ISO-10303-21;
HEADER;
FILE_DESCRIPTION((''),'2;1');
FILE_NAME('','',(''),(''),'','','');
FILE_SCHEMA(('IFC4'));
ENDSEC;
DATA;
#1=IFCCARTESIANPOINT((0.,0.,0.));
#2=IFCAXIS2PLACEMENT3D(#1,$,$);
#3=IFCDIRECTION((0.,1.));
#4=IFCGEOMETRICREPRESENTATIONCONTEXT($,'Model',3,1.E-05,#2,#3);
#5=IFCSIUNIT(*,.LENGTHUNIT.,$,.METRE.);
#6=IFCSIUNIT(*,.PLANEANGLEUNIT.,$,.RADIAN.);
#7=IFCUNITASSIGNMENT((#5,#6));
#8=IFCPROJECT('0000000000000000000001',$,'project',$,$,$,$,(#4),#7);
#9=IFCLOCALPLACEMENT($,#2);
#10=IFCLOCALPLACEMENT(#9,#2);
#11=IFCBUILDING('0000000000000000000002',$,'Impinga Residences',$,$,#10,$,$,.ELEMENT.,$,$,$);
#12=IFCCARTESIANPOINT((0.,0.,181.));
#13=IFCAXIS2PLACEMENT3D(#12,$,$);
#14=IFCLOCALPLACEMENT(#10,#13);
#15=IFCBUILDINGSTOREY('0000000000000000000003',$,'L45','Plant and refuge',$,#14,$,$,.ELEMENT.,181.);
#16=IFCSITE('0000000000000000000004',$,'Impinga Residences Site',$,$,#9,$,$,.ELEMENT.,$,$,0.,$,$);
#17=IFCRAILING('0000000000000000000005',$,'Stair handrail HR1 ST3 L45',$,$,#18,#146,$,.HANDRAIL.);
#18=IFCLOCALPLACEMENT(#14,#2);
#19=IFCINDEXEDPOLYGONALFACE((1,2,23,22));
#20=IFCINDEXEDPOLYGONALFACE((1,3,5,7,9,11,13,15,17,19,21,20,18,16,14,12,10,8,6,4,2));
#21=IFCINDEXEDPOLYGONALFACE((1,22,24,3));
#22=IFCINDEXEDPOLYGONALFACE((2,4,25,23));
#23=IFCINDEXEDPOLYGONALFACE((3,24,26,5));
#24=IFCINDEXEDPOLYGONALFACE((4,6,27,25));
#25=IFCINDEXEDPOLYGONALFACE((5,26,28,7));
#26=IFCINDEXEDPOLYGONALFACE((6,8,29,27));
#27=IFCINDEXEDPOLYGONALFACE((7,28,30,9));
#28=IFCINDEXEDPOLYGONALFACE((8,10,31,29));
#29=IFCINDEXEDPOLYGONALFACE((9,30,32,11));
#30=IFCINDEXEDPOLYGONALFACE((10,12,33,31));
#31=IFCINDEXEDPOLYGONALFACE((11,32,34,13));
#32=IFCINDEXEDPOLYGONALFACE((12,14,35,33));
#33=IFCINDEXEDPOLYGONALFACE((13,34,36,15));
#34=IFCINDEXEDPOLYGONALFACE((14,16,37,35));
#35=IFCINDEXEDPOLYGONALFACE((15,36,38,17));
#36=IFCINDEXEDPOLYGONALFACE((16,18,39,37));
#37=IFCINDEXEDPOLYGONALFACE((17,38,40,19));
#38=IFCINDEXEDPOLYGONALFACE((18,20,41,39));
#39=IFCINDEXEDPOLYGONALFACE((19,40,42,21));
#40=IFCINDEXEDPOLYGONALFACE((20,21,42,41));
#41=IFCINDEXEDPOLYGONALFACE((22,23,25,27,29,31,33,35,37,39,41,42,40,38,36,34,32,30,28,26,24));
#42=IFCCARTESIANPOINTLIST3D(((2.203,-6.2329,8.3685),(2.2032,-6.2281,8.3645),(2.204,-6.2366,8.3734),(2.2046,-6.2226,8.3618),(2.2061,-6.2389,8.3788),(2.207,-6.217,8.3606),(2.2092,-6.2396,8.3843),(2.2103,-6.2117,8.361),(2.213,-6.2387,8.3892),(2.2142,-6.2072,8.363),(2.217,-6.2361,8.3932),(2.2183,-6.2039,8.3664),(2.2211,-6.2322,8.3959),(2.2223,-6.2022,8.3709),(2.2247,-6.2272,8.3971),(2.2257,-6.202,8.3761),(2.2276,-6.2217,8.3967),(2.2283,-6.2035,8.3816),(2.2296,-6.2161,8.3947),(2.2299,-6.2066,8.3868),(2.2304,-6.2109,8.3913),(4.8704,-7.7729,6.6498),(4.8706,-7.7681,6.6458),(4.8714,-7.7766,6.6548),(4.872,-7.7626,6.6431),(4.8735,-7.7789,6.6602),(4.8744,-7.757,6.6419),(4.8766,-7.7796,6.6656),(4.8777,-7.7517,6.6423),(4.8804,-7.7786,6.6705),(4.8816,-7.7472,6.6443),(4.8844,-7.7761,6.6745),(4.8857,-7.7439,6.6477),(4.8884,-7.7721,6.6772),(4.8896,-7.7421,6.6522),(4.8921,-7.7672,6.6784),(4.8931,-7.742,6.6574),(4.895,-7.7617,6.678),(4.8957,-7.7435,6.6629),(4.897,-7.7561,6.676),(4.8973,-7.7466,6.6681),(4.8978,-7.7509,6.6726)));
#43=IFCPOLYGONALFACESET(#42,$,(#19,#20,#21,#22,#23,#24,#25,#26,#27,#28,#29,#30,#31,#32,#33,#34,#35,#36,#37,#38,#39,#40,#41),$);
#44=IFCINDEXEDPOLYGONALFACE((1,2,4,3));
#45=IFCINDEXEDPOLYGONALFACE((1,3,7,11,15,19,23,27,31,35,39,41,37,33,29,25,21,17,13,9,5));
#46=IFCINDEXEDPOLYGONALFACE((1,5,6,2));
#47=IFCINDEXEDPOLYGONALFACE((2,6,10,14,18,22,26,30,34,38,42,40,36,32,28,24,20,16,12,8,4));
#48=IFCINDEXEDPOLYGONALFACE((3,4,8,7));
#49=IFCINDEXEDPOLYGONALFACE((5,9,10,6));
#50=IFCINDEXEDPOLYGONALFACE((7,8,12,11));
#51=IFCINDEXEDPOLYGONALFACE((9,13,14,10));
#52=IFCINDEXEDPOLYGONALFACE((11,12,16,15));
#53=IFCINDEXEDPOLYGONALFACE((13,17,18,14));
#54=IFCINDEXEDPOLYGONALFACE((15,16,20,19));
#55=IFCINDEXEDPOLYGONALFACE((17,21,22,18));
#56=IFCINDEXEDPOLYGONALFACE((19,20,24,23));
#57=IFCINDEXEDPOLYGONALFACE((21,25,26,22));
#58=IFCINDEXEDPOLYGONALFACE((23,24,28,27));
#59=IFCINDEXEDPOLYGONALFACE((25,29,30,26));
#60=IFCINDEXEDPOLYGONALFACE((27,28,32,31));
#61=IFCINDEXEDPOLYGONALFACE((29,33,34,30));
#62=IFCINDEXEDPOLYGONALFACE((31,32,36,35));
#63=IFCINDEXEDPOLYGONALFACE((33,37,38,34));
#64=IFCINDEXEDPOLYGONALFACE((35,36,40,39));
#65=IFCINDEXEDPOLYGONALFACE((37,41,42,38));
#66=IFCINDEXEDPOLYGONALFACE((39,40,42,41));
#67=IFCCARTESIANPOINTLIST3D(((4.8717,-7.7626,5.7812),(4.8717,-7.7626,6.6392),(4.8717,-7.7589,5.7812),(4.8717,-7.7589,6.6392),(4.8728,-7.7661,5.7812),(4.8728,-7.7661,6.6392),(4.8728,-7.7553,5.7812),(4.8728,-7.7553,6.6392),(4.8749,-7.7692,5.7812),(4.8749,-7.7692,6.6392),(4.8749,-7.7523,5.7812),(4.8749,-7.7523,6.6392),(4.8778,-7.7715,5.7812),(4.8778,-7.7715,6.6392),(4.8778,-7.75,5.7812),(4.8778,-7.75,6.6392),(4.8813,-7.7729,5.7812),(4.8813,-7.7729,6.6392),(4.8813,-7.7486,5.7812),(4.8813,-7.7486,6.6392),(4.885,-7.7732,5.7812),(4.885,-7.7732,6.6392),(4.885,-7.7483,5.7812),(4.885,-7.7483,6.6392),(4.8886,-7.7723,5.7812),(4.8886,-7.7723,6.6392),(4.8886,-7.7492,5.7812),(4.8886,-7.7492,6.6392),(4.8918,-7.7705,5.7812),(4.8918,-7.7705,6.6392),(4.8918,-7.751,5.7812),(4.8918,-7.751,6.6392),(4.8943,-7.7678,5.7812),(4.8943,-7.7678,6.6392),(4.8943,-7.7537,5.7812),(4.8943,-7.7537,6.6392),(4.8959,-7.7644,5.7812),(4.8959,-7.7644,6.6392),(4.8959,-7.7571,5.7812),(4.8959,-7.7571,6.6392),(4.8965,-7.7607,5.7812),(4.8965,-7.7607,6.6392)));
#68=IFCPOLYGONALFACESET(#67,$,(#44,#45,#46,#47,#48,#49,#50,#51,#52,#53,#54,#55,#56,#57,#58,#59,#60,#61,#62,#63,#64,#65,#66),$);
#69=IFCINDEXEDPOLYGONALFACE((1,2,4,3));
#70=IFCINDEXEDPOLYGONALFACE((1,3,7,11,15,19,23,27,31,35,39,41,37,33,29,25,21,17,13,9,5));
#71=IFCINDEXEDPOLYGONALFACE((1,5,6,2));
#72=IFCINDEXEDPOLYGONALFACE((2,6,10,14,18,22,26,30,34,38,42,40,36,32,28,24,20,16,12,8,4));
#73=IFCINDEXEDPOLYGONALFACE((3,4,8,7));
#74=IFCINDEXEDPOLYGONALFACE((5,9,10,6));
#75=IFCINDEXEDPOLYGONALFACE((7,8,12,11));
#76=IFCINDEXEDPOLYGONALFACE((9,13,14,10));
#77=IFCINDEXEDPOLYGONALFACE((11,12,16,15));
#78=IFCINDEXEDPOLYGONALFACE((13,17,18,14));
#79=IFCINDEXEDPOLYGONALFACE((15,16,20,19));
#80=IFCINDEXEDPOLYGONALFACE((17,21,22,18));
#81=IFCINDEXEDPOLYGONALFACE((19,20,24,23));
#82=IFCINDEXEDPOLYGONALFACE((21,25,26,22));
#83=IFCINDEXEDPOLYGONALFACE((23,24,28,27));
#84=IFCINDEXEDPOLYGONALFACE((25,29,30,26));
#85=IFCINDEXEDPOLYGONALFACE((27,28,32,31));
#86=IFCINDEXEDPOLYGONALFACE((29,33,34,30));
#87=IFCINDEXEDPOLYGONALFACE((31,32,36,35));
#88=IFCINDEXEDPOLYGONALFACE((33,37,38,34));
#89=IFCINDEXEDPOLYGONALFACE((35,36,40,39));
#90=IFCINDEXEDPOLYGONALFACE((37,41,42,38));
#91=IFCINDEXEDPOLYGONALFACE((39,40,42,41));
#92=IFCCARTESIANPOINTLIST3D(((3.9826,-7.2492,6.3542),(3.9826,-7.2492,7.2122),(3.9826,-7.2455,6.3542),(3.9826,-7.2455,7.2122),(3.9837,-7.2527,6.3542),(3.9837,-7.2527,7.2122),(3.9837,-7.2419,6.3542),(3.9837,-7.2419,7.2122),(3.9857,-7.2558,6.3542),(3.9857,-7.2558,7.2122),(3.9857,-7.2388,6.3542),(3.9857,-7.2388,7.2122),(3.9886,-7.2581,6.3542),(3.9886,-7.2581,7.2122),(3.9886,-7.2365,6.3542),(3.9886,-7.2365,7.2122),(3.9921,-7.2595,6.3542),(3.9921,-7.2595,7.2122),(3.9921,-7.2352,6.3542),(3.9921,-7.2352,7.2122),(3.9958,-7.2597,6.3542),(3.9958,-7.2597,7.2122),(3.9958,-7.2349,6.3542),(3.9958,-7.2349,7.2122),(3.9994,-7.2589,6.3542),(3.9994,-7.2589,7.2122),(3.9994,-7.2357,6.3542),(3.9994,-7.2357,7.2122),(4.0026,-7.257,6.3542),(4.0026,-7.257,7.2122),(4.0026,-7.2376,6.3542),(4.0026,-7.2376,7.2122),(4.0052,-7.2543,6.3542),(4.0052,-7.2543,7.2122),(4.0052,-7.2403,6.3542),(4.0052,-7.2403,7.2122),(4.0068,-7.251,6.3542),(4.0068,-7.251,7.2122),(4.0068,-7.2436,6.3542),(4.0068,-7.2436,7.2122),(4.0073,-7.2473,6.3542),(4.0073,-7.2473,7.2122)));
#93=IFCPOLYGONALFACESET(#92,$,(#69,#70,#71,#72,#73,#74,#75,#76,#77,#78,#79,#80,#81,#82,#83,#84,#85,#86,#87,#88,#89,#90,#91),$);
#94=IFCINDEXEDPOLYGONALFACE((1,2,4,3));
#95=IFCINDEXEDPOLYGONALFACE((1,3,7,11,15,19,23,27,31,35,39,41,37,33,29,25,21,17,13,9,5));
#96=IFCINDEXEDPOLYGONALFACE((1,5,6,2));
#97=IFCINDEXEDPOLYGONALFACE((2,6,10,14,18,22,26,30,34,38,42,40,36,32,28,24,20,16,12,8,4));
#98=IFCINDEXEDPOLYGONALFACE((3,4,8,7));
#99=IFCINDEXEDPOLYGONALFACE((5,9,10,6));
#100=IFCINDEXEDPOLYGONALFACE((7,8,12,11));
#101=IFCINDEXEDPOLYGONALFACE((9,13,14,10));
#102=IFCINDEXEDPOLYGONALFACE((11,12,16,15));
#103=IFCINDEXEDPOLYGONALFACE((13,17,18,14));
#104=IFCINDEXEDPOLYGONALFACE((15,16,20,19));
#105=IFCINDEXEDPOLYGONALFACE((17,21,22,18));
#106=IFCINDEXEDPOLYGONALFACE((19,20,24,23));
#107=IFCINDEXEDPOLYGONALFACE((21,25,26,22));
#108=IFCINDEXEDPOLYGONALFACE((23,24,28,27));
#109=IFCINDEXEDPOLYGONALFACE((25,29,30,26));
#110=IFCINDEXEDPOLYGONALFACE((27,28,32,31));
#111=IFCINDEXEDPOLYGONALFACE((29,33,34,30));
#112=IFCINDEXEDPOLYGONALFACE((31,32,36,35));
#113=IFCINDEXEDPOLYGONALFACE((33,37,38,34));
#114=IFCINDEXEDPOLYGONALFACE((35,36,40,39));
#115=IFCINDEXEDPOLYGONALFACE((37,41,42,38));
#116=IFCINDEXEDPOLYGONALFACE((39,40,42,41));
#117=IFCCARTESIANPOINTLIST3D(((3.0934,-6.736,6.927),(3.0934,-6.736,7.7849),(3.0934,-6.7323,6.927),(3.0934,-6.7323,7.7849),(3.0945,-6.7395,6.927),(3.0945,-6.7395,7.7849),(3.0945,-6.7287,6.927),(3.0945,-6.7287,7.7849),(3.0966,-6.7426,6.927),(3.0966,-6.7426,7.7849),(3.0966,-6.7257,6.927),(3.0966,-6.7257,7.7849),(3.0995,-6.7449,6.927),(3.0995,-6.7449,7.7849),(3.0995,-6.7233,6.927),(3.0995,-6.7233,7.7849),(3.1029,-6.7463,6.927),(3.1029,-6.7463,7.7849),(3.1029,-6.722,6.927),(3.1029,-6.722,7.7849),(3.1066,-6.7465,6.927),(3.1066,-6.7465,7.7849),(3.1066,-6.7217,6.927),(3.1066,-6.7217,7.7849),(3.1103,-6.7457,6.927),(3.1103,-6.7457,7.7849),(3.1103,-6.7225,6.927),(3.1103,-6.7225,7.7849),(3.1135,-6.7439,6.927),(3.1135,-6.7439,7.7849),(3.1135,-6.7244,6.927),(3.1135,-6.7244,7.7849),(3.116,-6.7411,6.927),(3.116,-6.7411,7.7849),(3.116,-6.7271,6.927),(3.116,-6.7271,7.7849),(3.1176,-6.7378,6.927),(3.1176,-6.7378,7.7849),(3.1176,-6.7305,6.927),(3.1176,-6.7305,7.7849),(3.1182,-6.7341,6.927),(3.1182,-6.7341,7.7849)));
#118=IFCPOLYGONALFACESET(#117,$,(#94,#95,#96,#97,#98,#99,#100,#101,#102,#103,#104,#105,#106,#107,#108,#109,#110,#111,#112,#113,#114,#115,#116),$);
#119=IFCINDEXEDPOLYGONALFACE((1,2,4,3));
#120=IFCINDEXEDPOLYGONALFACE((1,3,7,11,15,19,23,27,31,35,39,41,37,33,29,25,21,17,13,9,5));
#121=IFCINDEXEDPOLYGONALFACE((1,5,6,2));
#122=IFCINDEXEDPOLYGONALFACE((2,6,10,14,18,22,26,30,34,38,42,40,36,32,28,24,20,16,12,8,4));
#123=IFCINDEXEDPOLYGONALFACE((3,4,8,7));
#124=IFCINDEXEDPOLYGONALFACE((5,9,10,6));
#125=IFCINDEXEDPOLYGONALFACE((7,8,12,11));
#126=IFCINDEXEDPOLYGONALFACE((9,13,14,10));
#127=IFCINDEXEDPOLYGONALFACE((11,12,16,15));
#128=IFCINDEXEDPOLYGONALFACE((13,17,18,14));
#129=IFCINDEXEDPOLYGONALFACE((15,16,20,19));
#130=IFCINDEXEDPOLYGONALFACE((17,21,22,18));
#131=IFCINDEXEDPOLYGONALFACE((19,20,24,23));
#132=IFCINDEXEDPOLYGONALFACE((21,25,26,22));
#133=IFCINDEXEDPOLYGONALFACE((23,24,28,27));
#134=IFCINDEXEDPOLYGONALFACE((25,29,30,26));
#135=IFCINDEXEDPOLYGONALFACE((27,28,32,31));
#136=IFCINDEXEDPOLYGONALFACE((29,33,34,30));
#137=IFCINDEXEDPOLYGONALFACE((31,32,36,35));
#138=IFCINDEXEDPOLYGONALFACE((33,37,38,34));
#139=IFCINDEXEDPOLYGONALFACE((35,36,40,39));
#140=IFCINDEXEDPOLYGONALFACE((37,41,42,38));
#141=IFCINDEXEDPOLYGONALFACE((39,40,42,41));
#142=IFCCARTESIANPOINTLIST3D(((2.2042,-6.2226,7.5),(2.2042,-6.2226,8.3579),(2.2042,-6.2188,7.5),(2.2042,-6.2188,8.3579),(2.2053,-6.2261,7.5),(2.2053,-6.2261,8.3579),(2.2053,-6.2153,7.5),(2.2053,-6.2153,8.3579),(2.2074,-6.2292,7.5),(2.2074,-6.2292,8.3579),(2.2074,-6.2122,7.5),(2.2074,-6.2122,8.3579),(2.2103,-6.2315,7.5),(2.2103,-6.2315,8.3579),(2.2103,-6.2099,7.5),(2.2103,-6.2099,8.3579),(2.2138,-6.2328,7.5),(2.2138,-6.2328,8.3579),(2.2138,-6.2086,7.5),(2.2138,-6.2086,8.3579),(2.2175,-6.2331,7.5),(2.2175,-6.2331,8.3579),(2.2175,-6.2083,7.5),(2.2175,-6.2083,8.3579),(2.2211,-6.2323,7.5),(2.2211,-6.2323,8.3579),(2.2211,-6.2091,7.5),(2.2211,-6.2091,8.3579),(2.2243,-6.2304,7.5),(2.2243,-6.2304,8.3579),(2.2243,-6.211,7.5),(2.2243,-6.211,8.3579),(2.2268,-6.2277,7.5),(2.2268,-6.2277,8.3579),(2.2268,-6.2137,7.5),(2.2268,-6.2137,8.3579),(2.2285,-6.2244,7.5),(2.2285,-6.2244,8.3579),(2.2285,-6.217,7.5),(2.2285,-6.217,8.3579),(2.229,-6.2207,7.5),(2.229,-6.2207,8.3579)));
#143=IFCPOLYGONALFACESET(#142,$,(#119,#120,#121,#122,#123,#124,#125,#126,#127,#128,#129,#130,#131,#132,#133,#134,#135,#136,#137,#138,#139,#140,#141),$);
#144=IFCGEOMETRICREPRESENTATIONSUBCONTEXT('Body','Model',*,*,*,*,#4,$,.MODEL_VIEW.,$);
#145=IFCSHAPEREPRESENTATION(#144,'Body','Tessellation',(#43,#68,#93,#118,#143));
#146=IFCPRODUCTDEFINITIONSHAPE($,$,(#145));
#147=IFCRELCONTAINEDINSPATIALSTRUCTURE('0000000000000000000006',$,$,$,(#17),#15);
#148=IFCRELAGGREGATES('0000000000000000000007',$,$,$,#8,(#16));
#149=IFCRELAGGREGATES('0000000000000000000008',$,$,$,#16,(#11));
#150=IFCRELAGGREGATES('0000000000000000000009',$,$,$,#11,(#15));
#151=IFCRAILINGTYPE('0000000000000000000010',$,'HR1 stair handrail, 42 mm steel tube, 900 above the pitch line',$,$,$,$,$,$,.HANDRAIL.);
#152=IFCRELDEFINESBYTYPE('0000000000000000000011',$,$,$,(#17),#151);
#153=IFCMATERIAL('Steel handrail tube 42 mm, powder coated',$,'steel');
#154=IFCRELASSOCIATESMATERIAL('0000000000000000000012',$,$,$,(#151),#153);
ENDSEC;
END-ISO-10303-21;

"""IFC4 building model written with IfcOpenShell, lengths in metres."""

from ifc_helpers import new_model, si_unit, direction, frame, origin, origin_2d, place, context, subcontext, project, spatial, circle, extrude, material, type_object, element, save


model = new_model("IFC4")

# Units and contexts
model_context = context("Model", 3, precision=1e-05, world=origin(), true_north=direction((0.0, 1.0)))
body_context = subcontext(model_context, "Body", "Model", "MODEL_VIEW")
ifc_project = project(units=[si_unit("LENGTHUNIT", "METRE"), si_unit("PLANEANGLEUNIT", "RADIAN")], contexts=[model_context])

# Site, building, storey
site_placement = place(None, origin())
site = spatial("IfcSite", under=ifc_project, at=site_placement, Name="Impinga Residences Site", CompositionType="ELEMENT", RefElevation=0.0)
building_placement = place(site_placement, origin())
building = spatial("IfcBuilding", under=site, at=building_placement, Name="Impinga Residences", CompositionType="ELEMENT")
storey_placement = place(building_placement, frame((0.0, 0.0, 181.0)))
storey = spatial("IfcBuildingStorey", under=building, at=storey_placement, Name="L45", Description="Plant and refuge", CompositionType="ELEMENT", Elevation=181.0)

# Railing
ifc_material_1 = material(Name="Steel handrail tube 42 mm, powder coated", Category="steel")
railing_type_1 = type_object("IfcRailingType", Name="HR1 stair handrail, 42 mm steel tube, 900 above the pitch line", PredefinedType="HANDRAIL", material=ifc_material_1)
railing_1_placement = place(storey_placement, frame((4.884, -7.7607, 5.7812)))
element("IfcRailing", 1, at=railing_1_placement, inside=storey, type_object=railing_type_1, Name="Stair handrail HR1 ST3 L45", PredefinedType="HANDRAIL", context=body_context, shape_type="SweptSolid", body=[
    extrude(circle(Radius=0.021, at=origin_2d()), frame((0.0, 0.0, 0.8789), z_axis=(-0.756256, 0.436616, 0.487282), x_axis=(-0.499992, -0.86603, 0.0)), (0.0, 0.0, 1.0), 3.5271),
    extrude(circle(Radius=0.0125, at=origin_2d()), origin(), (0.0, 0.0, 1.0), 0.8579),
    extrude(circle(Radius=0.0125, at=origin_2d()), frame((-0.8892, 0.5134, 0.573)), (0.0, 0.0, 1.0), 0.8579),
    extrude(circle(Radius=0.0125, at=origin_2d()), frame((-1.7783, 1.0266, 1.1458)), (0.0, 0.0, 1.0), 0.8579),
    extrude(circle(Radius=0.0125, at=origin_2d()), frame((-2.6675, 1.54, 1.7188)), (0.0, 0.0, 1.0), 0.8579),
])

save(model, "model.ifc")
